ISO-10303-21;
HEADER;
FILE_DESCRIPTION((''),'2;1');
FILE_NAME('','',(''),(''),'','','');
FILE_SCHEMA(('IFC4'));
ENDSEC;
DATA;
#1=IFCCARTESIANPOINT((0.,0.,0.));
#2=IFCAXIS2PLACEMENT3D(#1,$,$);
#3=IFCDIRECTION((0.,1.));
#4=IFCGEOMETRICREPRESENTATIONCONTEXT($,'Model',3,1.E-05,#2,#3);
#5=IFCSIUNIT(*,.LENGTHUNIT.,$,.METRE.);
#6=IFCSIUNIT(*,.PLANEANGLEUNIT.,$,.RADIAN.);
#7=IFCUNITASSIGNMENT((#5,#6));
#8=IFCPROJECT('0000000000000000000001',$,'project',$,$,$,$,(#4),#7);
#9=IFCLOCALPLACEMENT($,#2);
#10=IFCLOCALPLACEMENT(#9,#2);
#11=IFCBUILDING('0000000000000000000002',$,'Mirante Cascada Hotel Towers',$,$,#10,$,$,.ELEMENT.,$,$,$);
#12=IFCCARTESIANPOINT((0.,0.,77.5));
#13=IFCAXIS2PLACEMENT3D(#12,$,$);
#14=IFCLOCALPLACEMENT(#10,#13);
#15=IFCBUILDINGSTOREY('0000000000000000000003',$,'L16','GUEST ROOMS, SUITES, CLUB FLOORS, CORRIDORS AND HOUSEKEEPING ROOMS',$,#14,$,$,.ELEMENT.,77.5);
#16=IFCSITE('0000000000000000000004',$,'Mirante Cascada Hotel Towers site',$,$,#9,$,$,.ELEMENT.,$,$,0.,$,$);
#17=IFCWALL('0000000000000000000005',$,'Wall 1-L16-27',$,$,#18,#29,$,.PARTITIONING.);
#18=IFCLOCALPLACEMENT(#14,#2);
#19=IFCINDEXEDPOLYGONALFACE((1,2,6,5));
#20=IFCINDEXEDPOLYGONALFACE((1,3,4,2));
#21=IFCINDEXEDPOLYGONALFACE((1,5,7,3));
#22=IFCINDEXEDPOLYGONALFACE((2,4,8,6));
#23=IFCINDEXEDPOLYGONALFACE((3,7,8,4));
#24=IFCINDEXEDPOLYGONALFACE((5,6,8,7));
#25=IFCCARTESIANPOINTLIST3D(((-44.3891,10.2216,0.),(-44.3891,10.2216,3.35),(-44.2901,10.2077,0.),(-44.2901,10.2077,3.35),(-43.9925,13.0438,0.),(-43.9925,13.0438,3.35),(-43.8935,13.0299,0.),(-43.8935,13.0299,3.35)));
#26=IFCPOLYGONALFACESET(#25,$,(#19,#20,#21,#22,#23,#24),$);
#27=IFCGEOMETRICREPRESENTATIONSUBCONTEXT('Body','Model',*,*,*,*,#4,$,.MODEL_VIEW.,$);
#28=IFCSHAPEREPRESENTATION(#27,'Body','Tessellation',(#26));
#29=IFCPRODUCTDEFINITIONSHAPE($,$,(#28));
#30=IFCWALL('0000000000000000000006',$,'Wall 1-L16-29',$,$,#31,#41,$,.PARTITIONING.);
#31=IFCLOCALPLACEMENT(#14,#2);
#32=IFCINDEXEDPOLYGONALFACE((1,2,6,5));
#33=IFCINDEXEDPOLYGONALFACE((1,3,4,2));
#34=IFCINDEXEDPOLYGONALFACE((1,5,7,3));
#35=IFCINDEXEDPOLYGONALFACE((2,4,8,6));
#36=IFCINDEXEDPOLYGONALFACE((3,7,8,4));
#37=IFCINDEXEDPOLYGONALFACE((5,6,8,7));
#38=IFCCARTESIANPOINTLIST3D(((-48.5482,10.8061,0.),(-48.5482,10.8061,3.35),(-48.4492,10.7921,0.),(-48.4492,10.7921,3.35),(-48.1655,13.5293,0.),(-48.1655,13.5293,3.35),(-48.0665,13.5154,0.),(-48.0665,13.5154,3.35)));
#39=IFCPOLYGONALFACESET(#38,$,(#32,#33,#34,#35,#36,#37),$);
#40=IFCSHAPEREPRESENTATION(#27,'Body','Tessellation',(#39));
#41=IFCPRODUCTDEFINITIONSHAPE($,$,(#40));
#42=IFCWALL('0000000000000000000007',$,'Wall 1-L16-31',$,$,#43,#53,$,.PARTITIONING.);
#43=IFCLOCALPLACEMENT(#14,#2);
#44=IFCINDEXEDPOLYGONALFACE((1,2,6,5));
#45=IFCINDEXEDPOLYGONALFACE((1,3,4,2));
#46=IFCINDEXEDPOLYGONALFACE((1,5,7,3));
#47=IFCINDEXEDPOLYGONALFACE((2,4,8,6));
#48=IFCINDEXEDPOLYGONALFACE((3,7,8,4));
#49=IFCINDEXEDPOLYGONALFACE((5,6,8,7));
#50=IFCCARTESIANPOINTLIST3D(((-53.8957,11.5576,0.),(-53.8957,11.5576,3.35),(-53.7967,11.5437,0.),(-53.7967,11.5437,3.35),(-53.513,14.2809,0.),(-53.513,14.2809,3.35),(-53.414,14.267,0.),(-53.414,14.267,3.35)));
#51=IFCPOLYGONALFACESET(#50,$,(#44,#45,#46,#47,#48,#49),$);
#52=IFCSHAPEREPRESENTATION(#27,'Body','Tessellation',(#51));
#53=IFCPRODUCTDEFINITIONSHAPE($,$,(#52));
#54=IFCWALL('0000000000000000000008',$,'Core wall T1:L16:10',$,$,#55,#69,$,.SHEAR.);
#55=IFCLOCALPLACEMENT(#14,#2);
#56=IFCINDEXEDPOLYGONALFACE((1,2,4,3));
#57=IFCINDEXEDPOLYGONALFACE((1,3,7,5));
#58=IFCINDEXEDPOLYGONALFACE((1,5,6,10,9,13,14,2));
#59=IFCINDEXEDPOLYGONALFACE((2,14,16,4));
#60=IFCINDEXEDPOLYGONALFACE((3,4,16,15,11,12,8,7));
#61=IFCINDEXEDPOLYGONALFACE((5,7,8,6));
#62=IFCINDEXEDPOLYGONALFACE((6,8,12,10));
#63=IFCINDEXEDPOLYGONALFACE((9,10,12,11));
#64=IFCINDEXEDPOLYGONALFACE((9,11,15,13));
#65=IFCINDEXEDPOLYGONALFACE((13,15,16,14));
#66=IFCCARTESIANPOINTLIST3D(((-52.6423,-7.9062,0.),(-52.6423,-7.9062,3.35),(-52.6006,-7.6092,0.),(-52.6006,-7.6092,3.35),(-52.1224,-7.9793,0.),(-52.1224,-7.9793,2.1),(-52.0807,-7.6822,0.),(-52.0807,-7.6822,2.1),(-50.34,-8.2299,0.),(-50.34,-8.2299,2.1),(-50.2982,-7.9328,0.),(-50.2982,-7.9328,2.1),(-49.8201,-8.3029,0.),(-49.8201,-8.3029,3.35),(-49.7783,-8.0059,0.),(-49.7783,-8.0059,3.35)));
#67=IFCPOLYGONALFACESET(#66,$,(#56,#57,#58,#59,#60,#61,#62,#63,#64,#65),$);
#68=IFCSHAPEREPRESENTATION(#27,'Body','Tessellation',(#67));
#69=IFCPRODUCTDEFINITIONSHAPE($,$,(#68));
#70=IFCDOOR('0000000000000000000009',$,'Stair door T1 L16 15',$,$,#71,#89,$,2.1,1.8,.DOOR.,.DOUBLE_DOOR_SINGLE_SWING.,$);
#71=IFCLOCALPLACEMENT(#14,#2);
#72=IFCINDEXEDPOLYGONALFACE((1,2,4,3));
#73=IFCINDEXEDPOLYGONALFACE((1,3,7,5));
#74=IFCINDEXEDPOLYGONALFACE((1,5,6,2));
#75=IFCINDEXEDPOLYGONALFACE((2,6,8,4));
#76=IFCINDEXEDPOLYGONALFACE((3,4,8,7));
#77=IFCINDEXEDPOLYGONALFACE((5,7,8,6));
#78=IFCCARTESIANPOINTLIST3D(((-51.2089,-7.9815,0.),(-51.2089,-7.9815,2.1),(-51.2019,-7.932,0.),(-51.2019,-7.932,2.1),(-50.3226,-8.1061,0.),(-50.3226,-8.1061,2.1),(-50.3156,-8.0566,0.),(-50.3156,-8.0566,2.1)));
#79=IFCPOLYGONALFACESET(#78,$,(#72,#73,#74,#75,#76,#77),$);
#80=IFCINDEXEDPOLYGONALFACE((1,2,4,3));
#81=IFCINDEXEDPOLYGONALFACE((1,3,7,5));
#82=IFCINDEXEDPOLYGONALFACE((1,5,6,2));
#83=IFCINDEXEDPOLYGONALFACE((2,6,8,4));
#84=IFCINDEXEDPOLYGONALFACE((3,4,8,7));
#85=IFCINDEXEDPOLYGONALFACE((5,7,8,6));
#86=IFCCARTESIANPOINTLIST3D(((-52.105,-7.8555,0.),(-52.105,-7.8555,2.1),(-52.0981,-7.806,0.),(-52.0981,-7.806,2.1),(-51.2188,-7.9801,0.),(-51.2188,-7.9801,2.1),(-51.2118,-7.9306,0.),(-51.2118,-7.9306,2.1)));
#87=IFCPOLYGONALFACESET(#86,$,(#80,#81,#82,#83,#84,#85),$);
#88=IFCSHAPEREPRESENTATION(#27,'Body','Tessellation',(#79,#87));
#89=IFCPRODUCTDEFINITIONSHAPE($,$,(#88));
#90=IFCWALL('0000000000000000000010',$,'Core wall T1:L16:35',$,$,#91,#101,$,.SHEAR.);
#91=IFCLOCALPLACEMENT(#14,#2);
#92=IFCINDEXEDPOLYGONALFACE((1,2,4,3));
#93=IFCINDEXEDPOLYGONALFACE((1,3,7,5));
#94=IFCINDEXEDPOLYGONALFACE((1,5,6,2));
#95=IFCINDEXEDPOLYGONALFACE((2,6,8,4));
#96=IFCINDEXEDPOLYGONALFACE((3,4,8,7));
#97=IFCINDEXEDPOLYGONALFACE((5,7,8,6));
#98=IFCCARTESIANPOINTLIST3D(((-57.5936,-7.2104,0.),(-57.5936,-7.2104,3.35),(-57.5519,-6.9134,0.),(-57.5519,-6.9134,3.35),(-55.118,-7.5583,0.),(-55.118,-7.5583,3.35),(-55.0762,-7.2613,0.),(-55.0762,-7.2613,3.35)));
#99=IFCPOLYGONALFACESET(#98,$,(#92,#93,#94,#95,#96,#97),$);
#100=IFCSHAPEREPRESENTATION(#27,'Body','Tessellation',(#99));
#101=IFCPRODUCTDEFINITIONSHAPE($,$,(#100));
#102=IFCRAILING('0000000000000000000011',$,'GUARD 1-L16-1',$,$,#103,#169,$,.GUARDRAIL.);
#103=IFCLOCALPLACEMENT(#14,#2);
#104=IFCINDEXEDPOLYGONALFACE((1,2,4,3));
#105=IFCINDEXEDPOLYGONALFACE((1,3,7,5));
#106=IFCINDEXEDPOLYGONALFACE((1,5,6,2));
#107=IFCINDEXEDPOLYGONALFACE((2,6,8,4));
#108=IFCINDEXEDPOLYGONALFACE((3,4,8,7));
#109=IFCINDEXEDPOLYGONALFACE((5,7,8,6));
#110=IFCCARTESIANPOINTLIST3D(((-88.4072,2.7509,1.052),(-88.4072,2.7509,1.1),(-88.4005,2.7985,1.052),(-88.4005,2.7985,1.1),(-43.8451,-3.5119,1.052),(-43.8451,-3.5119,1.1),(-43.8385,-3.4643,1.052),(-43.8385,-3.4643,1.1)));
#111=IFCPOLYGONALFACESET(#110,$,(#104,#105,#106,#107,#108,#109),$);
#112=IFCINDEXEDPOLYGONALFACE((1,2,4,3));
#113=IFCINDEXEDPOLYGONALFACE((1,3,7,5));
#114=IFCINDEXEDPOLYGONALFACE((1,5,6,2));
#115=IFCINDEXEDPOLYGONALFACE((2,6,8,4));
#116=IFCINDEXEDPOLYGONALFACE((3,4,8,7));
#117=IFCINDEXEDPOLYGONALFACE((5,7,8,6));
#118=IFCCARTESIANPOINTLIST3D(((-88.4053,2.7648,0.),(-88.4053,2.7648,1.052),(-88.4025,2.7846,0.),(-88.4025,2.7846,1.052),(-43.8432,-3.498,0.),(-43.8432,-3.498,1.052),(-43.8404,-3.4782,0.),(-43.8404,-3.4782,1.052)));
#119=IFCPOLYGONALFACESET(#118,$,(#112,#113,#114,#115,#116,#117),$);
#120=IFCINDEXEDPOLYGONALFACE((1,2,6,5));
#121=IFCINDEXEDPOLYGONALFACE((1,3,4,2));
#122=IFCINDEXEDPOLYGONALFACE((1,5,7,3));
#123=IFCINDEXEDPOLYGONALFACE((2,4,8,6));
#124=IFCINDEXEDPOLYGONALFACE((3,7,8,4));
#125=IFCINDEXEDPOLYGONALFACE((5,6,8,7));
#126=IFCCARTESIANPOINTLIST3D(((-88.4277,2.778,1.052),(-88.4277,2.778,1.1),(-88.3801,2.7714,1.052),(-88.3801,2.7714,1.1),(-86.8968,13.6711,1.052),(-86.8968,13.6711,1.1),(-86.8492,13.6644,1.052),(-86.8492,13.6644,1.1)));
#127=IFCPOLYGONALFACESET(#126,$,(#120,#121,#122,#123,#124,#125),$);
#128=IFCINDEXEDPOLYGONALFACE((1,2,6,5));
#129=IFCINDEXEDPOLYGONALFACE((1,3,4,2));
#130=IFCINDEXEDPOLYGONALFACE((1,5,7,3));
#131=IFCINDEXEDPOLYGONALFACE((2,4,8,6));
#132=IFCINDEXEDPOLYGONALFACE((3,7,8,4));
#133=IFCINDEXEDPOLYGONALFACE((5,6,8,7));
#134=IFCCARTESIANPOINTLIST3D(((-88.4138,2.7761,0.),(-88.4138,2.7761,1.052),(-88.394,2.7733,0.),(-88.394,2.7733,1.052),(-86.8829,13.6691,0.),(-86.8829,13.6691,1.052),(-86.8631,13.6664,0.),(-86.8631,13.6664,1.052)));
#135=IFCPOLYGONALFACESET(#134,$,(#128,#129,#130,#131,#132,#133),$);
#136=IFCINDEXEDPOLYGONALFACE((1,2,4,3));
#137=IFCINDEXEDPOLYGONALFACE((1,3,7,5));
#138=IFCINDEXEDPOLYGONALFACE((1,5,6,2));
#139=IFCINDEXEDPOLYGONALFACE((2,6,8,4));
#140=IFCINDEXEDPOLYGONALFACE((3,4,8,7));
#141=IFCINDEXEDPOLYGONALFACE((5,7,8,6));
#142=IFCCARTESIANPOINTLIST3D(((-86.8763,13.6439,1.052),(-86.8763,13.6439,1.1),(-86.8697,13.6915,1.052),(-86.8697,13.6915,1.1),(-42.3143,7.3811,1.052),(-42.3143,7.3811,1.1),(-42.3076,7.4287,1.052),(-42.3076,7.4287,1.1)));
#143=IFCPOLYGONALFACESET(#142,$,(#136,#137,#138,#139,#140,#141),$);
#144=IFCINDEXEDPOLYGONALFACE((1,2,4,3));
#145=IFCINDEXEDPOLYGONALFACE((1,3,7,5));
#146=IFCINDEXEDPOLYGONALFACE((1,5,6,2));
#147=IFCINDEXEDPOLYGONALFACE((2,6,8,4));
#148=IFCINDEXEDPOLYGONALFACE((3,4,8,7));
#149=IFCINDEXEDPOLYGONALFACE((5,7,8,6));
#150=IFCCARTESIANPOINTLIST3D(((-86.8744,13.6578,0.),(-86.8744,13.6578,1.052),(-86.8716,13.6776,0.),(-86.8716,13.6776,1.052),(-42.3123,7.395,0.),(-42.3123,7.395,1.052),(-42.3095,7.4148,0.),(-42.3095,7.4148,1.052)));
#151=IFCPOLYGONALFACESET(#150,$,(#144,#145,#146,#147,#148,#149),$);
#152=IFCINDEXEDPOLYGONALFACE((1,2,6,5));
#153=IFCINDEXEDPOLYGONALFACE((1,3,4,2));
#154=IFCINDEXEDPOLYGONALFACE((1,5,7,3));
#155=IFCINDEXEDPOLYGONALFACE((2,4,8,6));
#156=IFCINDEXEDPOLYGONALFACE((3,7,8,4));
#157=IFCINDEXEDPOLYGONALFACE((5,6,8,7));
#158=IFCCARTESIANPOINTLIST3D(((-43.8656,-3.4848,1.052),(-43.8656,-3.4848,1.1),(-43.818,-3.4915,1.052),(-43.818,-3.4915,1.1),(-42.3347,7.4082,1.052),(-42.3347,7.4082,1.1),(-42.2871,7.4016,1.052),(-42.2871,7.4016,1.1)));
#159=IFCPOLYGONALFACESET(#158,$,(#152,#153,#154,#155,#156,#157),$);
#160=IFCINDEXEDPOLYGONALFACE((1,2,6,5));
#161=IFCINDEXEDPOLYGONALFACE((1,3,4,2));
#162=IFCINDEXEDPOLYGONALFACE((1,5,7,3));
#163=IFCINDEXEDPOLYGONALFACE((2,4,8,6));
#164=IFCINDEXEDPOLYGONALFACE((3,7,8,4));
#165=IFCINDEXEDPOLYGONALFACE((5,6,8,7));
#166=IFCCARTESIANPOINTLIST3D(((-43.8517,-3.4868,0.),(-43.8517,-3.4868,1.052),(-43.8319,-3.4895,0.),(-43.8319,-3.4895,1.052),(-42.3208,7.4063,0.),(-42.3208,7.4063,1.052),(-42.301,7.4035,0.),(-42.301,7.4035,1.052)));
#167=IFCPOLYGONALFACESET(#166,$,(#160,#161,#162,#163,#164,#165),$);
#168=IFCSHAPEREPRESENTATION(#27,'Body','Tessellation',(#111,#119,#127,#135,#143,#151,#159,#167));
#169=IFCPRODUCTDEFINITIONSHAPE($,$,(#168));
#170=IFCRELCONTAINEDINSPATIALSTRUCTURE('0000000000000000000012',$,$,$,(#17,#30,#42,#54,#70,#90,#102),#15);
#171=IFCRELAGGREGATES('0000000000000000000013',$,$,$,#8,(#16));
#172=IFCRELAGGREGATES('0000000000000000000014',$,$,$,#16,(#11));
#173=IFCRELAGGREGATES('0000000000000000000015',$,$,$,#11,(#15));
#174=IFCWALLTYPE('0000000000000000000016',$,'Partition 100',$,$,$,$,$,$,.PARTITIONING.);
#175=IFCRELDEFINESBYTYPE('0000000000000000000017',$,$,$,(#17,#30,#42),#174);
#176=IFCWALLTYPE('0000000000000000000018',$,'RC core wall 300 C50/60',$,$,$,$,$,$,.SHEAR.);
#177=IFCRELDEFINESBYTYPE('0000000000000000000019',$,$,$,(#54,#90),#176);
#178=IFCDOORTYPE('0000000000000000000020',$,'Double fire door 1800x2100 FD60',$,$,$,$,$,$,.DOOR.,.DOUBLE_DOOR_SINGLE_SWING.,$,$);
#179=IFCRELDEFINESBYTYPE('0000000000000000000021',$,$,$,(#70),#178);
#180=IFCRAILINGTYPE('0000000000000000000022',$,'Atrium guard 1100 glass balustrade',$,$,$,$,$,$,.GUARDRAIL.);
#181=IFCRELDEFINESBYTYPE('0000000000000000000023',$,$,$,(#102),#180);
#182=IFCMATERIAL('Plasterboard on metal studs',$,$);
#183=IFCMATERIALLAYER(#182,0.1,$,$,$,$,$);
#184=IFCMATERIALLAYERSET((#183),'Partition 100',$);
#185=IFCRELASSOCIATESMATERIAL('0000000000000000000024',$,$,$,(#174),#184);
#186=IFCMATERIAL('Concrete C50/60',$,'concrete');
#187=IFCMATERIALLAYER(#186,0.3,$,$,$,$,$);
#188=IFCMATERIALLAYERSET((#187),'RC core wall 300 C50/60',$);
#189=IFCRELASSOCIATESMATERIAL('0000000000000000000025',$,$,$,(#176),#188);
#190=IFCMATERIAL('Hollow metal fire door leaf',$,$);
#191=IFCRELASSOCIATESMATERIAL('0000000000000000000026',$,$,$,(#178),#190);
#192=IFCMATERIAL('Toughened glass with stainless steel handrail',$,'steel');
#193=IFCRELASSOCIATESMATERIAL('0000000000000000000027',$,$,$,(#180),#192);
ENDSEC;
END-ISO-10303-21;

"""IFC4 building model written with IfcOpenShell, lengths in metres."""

from ifc_helpers import new_model, si_unit, direction, frame, frame_2d, origin, origin_2d, place, context, subcontext, project, spatial, rectangle, extrude, material, layer, layer_set, type_object, element, fill, save


model = new_model("IFC4")

# Units and contexts
model_context = context("Model", 3, precision=1e-05, world=origin(), true_north=direction((0.0, 1.0)))
body_context = subcontext(model_context, "Body", "Model", "MODEL_VIEW")
ifc_project = project(units=[si_unit("LENGTHUNIT", "METRE"), si_unit("PLANEANGLEUNIT", "RADIAN")], contexts=[model_context])

# Site, building, storey
site_placement = place(None, origin())
site = spatial("IfcSite", under=ifc_project, at=site_placement, Name="Mirante Cascada Hotel Towers site", CompositionType="ELEMENT", RefElevation=0.0)
building_placement = place(site_placement, origin())
building = spatial("IfcBuilding", under=site, at=building_placement, Name="Mirante Cascada Hotel Towers", CompositionType="ELEMENT")
storey_placement = place(building_placement, frame((0.0, 0.0, 77.5)))
storey = spatial("IfcBuildingStorey", under=building, at=storey_placement, Name="L16", Description="GUEST ROOMS, SUITES, CLUB FLOORS, CORRIDORS AND HOUSEKEEPING ROOMS", CompositionType="ELEMENT", Elevation=77.5)

# Shared definitions
ifc_material_1 = material(Name="Plasterboard on metal studs")
ifc_layer_1 = layer(ifc_material_1, 0.1)
ifc_layer_set_1 = layer_set([ifc_layer_1], Name="Partition 100")
wall_type_1 = type_object("IfcWallType", Name="Partition 100", PredefinedType="PARTITIONING", material=ifc_layer_set_1)

# Walls
wall_1_placement = place(storey_placement, frame((-44.3396, 10.2146, 0.0), z_axis=(0.0, 0.0, 1.0), x_axis=(0.139161, 0.99027, 0.0)))
element("IfcWall", 1, at=wall_1_placement, inside=storey, type_object=wall_type_1, Name="Wall 1-L16-27", PredefinedType="PARTITIONING", context=body_context, shape_type="SweptSolid", body=[
    extrude(rectangle(XDim=2.8499, YDim=0.1, at=frame_2d((1.425, 0.0))), origin(), (0.0, 0.0, 1.0), 3.35),
])
wall_2_placement = place(storey_placement, frame((-48.4987, 10.7991, 0.0), z_axis=(0.0, 0.0, 1.0), x_axis=(0.139166, 0.990269, 0.0)))
element("IfcWall", 2, at=wall_2_placement, inside=storey, type_object=wall_type_1, Name="Wall 1-L16-29", PredefinedType="PARTITIONING", context=body_context, shape_type="SweptSolid", body=[
    extrude(rectangle(XDim=2.75, YDim=0.1, at=frame_2d((1.375, 0.0))), origin(), (0.0, 0.0, 1.0), 3.35),
])
wall_3_placement = place(storey_placement, frame((-53.8462, 11.5506, 0.0), z_axis=(0.0, 0.0, 1.0), x_axis=(0.139161, 0.99027, 0.0)))
element("IfcWall", 3, at=wall_3_placement, inside=storey, type_object=wall_type_1, Name="Wall 1-L16-31", PredefinedType="PARTITIONING", context=body_context, shape_type="SweptSolid", body=[
    extrude(rectangle(XDim=2.7501, YDim=0.1, at=frame_2d((1.3751, 0.0))), origin(), (0.0, 0.0, 1.0), 3.35),
])

# Wall, opening, door
ifc_material_2 = material(Name="Concrete C50/60", Category="concrete")
ifc_layer_2 = layer(ifc_material_2, 0.3)
ifc_layer_set_2 = layer_set([ifc_layer_2], Name="RC core wall 300 C50/60")
wall_type_2 = type_object("IfcWallType", Name="RC core wall 300 C50/60", PredefinedType="SHEAR", material=ifc_layer_set_2)
wall_4_placement = place(storey_placement, frame((-49.7992, -8.1544, 0.0), z_axis=(0.0, 0.0, 1.0), x_axis=(-0.990266, 0.139191, 0.0)))
wall_4 = element("IfcWall", 4, at=wall_4_placement, inside=storey, type_object=wall_type_2, Name="Core wall T1:L16:10", PredefinedType="SHEAR", context=body_context, shape_type="SweptSolid", body=[
    extrude(rectangle(XDim=2.85, YDim=0.3, at=frame_2d((1.425, 0.0))), origin(), (0.0, 0.0, 1.0), 3.35),
])
opening_1_placement = place(wall_4_placement, frame((0.525, 0.0, 0.0)))
opening_1 = element("IfcOpeningElement", 5, at=opening_1_placement, cuts=wall_4, PredefinedType="OPENING", context=body_context, shape_type="SweptSolid", body=[
    extrude(rectangle(XDim=1.8, YDim=2.1, at=frame_2d((0.9, 1.05))), frame((0.0, 0.15, 0.0), z_axis=(0.0, -1.0, 0.0), x_axis=(1.0, 0.0, 0.0)), (0.0, 0.0, 1.0), 0.3),
])
ifc_material_3 = material(Name="Hollow metal fire door leaf")
door_type_1 = type_object("IfcDoorType", Name="Double fire door 1800x2100 FD60", OperationType="DOUBLE_DOOR_SINGLE_SWING", PredefinedType="DOOR", material=ifc_material_3)
door_1_placement = place(opening_1_placement, origin())
door_1 = element("IfcDoor", 6, at=door_1_placement, inside=storey, type_object=door_type_1, Name="Stair door T1 L16 15", OperationType="DOUBLE_DOOR_SINGLE_SWING", OverallHeight=2.1, OverallWidth=1.8, PredefinedType="DOOR", context=body_context, shape_type="SweptSolid", body=[
    extrude(rectangle(XDim=0.895, YDim=2.1, at=frame_2d((0.4475, 1.05))), frame((0.0, 0.025, 0.0), z_axis=(0.0, -1.0, 0.0), x_axis=(1.0, 0.0, 0.0)), (0.0, 0.0, 1.0), 0.05),
    extrude(rectangle(XDim=0.895, YDim=2.1, at=frame_2d((1.3525, 1.05))), frame((0.0, 0.025, 0.0), z_axis=(0.0, -1.0, 0.0), x_axis=(1.0, 0.0, 0.0)), (0.0, 0.0, 1.0), 0.05),
])
fill(opening_1, door_1)

# Wall
wall_5_placement = place(storey_placement, frame((-55.0971, -7.4098, 0.0), z_axis=(0.0, 0.0, 1.0), x_axis=(-0.99027, 0.139159, 0.0)))
element("IfcWall", 7, at=wall_5_placement, inside=storey, type_object=wall_type_2, Name="Core wall T1:L16:35", PredefinedType="SHEAR", context=body_context, shape_type="SweptSolid", body=[
    extrude(rectangle(XDim=2.5, YDim=0.3, at=frame_2d((1.25, 0.0))), origin(), (0.0, 0.0, 1.0), 3.35),
])

# Railing
ifc_material_4 = material(Name="Toughened glass with stainless steel handrail", Category="steel")
railing_type = type_object("IfcRailingType", Name="Atrium guard 1100 glass balustrade", PredefinedType="GUARDRAIL", material=ifc_material_4)
railing_placement = place(storey_placement, frame((-43.8418, -3.4881, 0.0)))
element("IfcRailing", 8, at=railing_placement, inside=storey, type_object=railing_type, Name="GUARD 1-L16-1", PredefinedType="GUARDRAIL", context=body_context, shape_type="SweptSolid", body=[
    extrude(rectangle(XDim=0.048, YDim=0.048, at=origin_2d()), frame((0.0, 0.0, 1.076), z_axis=(-0.990268, 0.139173, 0.0), x_axis=(-0.139173, -0.990268, 0.0)), (0.0, 0.0, 1.0), 45.0),
    extrude(rectangle(XDim=0.02, YDim=1.052, at=origin_2d()), frame((0.0, 0.0, 0.526), z_axis=(-0.990268, 0.139173, 0.0), x_axis=(-0.139173, -0.990268, 0.0)), (0.0, 0.0, 1.0), 45.0),
    extrude(rectangle(XDim=0.048, YDim=0.048, at=origin_2d()), frame((-44.5621, 6.2628, 1.076), z_axis=(0.139172, 0.990268, 0.0), x_axis=(-0.990268, 0.139172, 0.0)), (0.0, 0.0, 1.0), 11.0001),
    extrude(rectangle(XDim=0.02, YDim=1.052, at=origin_2d()), frame((-44.5621, 6.2628, 0.526), z_axis=(0.139172, 0.990268, 0.0), x_axis=(-0.990268, 0.139172, 0.0)), (0.0, 0.0, 1.0), 11.0001),
    extrude(rectangle(XDim=0.048, YDim=0.048, at=origin_2d()), frame((-43.0312, 17.1558, 1.076), z_axis=(0.990268, -0.139173, 0.0), x_axis=(0.139173, 0.990268, 0.0)), (0.0, 0.0, 1.0), 45.0),
    extrude(rectangle(XDim=0.02, YDim=1.052, at=origin_2d()), frame((-43.0312, 17.1558, 0.526), z_axis=(0.990268, -0.139173, 0.0), x_axis=(0.139173, 0.990268, 0.0)), (0.0, 0.0, 1.0), 45.0),
    extrude(rectangle(XDim=0.048, YDim=0.048, at=origin_2d()), frame((1.5309, 10.893, 1.076), z_axis=(-0.139172, -0.990268, 0.0), x_axis=(0.990268, -0.139172, 0.0)), (0.0, 0.0, 1.0), 11.0001),
    extrude(rectangle(XDim=0.02, YDim=1.052, at=origin_2d()), frame((1.5309, 10.893, 0.526), z_axis=(-0.139172, -0.990268, 0.0), x_axis=(0.990268, -0.139172, 0.0)), (0.0, 0.0, 1.0), 11.0001),
])

save(model, "model.ifc")
